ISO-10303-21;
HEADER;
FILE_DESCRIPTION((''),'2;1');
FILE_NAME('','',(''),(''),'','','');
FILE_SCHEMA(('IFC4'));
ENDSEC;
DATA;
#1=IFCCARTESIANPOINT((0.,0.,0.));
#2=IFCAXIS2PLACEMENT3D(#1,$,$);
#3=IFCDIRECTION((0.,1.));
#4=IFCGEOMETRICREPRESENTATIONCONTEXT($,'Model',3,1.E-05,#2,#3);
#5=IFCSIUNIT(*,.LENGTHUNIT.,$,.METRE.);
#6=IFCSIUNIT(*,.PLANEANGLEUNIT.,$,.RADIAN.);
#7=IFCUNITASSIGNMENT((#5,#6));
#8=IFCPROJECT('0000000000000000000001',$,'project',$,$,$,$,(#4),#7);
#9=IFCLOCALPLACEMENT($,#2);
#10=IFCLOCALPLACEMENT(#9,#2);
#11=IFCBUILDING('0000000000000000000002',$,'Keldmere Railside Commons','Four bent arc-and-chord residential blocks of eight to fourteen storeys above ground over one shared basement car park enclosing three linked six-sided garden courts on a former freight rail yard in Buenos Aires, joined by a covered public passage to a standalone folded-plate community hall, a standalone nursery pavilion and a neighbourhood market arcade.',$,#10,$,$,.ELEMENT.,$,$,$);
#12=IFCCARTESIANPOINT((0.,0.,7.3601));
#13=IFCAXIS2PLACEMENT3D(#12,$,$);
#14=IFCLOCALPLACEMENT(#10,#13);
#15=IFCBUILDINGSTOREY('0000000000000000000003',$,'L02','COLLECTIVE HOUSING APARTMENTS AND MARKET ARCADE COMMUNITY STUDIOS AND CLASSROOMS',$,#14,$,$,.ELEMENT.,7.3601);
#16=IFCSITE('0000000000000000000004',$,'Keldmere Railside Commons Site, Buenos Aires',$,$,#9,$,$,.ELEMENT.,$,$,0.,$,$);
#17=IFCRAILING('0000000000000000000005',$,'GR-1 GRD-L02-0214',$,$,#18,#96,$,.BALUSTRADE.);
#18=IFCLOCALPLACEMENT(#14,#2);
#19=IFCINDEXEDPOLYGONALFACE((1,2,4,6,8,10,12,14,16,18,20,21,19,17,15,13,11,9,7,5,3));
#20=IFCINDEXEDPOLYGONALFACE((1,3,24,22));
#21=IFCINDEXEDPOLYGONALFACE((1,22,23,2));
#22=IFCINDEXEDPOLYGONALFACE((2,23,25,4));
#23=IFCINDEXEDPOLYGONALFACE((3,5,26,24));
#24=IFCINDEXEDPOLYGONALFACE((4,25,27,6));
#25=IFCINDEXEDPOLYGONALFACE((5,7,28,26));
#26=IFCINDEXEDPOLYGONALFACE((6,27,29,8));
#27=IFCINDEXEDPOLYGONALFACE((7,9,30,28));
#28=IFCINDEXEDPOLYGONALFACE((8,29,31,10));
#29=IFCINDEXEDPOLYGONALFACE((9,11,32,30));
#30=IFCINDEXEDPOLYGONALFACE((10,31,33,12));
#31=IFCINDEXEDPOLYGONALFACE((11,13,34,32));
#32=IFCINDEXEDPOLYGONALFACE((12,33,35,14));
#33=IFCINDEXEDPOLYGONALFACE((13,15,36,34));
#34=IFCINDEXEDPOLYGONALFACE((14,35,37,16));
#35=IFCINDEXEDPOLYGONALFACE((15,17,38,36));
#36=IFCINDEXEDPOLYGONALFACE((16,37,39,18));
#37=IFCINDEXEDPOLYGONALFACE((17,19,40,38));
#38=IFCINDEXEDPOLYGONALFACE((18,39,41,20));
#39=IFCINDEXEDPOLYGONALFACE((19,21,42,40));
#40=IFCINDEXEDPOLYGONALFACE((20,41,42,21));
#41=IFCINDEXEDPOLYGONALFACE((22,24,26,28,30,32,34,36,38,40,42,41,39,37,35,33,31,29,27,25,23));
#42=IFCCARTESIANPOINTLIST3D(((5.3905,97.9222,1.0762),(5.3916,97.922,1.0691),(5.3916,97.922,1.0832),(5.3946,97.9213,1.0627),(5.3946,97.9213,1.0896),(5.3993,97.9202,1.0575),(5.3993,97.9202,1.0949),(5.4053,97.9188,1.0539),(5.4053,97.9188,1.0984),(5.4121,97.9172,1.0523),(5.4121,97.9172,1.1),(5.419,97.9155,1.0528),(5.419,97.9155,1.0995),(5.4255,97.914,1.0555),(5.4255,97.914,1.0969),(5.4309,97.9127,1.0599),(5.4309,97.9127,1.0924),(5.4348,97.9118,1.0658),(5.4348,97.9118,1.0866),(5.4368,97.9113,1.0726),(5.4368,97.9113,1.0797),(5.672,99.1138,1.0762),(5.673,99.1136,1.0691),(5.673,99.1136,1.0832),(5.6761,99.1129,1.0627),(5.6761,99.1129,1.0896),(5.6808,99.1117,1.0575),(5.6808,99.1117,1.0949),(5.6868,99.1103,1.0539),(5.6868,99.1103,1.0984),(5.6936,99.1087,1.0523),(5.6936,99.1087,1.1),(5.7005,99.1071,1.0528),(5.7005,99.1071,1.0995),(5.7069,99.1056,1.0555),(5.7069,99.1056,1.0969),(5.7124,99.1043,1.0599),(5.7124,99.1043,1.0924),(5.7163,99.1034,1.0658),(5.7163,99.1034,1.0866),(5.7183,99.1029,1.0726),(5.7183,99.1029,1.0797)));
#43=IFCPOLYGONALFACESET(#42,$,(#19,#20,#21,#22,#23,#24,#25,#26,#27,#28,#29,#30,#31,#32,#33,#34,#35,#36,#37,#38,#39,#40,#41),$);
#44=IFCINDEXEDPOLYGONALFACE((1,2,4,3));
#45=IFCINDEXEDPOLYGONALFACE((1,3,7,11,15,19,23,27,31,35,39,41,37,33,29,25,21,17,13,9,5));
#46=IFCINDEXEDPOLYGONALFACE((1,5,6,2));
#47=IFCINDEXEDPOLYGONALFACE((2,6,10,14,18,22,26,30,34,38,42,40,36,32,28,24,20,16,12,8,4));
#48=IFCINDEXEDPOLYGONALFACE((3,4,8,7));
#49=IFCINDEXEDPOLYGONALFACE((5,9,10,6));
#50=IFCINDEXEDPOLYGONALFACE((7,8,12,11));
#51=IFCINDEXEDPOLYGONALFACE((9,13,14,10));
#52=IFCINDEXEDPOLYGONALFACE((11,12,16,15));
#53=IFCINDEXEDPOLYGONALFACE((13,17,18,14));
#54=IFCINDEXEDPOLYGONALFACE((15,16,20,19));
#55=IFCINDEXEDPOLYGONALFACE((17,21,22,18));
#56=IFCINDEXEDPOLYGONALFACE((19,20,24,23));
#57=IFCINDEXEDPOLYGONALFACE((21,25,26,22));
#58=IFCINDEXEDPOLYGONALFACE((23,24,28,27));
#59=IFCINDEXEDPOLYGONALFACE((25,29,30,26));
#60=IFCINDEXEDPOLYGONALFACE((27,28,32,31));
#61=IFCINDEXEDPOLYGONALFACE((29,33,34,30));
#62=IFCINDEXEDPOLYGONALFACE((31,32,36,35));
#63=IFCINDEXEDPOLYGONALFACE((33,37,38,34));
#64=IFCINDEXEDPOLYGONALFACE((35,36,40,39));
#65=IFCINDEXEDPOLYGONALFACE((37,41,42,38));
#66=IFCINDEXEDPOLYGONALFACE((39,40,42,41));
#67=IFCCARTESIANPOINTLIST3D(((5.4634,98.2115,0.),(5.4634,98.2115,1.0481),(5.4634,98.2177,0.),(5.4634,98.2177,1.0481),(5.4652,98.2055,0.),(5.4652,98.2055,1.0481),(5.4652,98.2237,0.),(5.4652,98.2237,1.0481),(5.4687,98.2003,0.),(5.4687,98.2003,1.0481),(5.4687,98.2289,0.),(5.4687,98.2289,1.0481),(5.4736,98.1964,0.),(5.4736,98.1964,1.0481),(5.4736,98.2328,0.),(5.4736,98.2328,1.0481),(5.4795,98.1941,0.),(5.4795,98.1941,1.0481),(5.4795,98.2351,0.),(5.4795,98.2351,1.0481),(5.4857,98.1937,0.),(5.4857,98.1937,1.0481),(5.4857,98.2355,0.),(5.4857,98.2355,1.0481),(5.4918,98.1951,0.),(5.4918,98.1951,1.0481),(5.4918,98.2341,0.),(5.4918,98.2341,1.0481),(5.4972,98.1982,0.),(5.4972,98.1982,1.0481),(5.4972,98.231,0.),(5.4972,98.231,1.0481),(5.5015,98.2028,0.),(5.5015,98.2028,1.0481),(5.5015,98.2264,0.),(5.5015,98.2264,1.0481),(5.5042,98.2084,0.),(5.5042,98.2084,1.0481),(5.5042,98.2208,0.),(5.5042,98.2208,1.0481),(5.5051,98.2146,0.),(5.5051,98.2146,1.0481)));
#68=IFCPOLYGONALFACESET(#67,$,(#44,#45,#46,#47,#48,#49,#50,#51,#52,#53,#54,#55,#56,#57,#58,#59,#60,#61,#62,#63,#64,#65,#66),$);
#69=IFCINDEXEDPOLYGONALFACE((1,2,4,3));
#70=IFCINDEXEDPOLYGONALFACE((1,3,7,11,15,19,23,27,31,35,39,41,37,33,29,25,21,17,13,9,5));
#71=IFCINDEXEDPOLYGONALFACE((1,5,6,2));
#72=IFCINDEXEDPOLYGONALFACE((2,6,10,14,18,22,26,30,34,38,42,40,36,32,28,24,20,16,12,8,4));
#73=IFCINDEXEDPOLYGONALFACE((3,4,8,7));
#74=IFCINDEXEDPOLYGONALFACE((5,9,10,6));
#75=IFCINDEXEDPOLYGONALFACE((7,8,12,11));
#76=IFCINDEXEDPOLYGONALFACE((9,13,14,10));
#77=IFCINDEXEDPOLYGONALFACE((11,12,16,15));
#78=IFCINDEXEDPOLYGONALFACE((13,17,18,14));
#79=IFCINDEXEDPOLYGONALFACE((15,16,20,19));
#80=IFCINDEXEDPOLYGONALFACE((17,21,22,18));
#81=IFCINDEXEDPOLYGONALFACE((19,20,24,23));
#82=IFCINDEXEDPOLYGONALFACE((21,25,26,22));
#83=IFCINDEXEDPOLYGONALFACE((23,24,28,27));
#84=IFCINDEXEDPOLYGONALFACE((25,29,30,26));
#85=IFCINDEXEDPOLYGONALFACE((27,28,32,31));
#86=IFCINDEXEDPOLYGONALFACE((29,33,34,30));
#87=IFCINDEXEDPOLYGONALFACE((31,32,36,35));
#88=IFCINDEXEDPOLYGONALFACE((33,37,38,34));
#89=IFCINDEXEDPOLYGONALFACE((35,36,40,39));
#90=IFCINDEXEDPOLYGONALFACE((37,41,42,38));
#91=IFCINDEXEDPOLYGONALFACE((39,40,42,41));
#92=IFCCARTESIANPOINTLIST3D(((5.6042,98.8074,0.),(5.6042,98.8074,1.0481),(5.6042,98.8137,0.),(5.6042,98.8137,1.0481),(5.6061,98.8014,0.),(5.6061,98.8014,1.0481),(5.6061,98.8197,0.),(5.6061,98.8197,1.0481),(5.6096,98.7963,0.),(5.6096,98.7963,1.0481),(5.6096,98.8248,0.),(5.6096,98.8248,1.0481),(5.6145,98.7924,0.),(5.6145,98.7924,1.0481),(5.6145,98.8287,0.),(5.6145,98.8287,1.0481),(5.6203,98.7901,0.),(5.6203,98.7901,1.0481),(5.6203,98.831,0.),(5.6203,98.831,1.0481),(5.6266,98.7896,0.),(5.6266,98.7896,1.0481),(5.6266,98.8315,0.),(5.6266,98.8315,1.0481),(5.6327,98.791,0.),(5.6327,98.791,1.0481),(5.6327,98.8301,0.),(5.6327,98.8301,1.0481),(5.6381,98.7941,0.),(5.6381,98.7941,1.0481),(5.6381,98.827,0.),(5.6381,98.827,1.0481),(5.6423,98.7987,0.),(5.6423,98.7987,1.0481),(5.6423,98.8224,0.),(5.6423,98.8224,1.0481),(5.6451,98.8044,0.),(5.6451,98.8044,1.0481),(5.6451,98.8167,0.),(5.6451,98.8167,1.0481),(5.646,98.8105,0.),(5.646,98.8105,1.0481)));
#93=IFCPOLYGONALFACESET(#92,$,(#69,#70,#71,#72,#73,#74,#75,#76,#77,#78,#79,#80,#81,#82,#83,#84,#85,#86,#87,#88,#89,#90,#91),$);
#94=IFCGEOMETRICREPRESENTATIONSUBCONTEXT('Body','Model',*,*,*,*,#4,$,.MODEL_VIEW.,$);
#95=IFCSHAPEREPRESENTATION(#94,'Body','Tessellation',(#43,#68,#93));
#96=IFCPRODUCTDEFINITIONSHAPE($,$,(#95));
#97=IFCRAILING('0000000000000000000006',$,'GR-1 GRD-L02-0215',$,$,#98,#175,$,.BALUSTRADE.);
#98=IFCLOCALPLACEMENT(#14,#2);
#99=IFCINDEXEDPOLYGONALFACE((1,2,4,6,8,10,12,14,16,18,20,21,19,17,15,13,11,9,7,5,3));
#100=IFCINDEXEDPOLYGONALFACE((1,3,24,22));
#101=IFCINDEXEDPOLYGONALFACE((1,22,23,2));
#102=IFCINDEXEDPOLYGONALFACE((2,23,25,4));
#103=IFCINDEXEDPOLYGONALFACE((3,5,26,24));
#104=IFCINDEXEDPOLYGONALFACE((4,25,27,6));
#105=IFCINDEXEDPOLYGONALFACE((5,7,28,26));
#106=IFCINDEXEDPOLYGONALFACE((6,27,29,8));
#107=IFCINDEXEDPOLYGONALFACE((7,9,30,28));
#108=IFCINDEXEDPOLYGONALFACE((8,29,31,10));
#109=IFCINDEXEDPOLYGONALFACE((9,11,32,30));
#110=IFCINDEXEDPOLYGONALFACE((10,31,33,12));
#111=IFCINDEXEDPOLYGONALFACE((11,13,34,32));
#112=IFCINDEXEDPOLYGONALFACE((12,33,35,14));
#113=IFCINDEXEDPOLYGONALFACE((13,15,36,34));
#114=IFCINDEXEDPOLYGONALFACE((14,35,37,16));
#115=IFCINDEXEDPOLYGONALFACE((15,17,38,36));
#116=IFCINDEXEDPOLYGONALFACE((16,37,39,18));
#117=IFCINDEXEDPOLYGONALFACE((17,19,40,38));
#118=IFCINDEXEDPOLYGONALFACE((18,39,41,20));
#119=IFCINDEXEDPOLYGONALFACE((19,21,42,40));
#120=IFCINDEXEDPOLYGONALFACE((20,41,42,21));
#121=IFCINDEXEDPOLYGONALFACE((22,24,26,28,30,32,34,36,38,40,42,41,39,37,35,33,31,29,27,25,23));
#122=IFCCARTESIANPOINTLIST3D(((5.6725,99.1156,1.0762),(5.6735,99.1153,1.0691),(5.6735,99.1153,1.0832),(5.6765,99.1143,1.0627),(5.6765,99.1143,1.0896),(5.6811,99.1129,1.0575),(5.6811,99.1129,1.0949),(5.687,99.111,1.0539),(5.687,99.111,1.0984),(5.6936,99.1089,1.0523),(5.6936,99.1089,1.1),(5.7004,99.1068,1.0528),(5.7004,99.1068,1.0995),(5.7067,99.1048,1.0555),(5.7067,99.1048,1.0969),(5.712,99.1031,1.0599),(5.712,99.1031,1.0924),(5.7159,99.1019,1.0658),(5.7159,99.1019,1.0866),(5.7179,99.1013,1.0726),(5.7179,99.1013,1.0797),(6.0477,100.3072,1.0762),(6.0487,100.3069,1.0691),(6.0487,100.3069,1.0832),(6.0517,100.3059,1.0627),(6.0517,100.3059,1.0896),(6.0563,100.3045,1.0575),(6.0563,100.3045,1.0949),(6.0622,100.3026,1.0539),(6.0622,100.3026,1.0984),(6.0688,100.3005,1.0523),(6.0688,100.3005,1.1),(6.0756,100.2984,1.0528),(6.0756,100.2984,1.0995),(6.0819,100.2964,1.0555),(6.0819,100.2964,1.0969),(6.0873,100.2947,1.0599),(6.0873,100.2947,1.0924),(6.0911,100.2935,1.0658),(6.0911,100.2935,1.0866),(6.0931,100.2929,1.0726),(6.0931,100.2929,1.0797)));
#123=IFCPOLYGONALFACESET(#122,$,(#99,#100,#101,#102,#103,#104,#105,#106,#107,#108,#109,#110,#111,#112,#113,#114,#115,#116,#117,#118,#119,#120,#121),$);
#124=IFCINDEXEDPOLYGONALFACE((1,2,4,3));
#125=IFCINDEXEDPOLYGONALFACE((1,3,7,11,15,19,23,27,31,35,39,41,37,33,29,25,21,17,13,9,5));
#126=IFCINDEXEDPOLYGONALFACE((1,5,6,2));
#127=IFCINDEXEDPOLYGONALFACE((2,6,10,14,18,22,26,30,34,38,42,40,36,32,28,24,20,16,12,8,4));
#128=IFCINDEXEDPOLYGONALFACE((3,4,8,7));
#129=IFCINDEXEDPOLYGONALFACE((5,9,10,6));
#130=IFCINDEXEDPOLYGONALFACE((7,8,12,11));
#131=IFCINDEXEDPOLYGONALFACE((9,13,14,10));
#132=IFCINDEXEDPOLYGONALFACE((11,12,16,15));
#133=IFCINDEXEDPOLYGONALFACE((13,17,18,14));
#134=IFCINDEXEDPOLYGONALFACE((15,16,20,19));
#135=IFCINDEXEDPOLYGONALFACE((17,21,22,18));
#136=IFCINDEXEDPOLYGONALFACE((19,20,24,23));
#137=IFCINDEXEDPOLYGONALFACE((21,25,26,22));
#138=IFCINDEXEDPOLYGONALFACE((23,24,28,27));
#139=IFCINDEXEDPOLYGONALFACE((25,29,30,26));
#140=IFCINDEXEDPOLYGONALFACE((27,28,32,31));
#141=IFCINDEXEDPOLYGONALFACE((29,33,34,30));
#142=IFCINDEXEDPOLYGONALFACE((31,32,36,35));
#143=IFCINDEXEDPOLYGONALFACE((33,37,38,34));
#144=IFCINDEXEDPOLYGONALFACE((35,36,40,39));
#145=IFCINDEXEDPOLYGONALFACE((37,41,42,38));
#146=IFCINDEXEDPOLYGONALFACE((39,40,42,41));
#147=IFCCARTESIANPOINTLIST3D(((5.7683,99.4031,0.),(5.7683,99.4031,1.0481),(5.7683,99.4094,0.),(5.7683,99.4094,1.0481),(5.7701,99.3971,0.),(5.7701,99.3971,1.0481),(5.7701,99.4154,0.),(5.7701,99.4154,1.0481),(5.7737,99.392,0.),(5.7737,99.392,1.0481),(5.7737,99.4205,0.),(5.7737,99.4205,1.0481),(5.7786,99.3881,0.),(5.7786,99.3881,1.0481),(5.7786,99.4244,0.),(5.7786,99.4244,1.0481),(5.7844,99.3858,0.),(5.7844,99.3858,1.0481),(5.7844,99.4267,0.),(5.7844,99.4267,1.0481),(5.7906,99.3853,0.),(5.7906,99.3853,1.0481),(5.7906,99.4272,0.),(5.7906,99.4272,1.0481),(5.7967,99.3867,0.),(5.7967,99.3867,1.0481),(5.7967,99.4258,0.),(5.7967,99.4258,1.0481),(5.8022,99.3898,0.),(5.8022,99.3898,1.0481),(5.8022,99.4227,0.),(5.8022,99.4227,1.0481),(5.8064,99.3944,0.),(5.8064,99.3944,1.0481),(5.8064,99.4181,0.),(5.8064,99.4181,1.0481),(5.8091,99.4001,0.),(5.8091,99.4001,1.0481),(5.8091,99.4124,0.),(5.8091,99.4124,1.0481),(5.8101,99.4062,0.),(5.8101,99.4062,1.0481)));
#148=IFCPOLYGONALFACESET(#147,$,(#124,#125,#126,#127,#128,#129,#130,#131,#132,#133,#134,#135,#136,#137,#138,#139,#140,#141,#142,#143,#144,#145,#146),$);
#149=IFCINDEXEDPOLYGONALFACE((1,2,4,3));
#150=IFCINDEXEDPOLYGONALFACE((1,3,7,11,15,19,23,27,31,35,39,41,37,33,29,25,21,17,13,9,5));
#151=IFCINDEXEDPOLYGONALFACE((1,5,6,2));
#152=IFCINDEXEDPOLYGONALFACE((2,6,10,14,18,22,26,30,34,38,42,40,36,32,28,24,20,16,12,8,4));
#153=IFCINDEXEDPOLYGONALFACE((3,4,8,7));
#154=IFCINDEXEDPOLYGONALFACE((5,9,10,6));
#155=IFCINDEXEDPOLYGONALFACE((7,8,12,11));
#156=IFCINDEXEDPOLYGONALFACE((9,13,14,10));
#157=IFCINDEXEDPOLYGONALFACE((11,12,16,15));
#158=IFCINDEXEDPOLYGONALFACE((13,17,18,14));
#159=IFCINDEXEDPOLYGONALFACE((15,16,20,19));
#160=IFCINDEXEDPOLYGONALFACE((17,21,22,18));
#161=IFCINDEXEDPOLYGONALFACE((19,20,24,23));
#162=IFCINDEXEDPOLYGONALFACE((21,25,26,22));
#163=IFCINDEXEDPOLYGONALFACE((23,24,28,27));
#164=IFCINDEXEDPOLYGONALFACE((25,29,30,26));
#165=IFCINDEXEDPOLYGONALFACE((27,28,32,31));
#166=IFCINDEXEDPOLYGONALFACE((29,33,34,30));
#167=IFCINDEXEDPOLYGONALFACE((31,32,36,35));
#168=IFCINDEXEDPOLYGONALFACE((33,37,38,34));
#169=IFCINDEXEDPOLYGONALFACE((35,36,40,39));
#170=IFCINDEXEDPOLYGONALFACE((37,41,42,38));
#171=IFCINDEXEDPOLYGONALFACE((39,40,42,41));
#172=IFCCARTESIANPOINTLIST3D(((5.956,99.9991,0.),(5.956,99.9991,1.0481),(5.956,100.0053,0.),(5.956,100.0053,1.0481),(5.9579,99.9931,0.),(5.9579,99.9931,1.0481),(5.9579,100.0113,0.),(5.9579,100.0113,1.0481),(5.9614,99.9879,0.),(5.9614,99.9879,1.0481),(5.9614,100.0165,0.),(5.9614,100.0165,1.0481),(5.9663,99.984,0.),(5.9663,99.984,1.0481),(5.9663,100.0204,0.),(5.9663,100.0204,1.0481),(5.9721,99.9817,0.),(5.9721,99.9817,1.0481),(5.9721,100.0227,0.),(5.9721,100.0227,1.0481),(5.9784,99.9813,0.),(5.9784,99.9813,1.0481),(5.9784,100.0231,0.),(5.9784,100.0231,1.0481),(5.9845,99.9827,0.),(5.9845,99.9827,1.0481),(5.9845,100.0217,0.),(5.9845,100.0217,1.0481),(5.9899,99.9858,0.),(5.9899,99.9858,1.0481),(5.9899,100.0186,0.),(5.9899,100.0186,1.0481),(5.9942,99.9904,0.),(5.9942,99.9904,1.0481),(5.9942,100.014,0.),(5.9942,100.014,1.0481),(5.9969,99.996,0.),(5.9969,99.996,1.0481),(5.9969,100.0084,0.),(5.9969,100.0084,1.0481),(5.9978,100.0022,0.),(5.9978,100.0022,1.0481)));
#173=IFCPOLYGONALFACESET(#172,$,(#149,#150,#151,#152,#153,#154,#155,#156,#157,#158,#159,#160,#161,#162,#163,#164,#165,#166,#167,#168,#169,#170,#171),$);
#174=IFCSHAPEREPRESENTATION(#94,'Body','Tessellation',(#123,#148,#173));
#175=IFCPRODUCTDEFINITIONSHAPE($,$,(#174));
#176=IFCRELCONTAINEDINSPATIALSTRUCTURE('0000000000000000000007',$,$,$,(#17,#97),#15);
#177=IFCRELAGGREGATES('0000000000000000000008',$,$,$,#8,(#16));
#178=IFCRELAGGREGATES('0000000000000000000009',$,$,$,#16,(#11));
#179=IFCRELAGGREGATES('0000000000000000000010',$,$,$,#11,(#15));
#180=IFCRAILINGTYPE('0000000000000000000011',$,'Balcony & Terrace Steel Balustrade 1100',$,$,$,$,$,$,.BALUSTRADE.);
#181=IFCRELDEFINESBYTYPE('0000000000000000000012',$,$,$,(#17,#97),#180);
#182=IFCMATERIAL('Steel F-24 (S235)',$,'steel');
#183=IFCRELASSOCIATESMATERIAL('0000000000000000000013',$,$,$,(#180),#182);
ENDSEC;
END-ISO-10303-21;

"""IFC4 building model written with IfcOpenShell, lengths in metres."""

from ifc_helpers import new_model, si_unit, direction, frame, origin, origin_2d, place, context, subcontext, project, spatial, circle, extrude, material, type_object, element, save


model = new_model("IFC4")

# Units and contexts
model_context = context("Model", 3, precision=1e-05, world=origin(), true_north=direction((0.0, 1.0)))
body_context = subcontext(model_context, "Body", "Model", "MODEL_VIEW")
ifc_project = project(units=[si_unit("LENGTHUNIT", "METRE"), si_unit("PLANEANGLEUNIT", "RADIAN")], contexts=[model_context])

# Site, building, storey
site_placement = place(None, origin())
site = spatial("IfcSite", under=ifc_project, at=site_placement, Name="Keldmere Railside Commons Site, Buenos Aires", CompositionType="ELEMENT", RefElevation=0.0)
building_placement = place(site_placement, origin())
building = spatial("IfcBuilding", under=site, at=building_placement, Name="Keldmere Railside Commons", Description="Four bent arc-and-chord residential blocks of eight to fourteen storeys above ground over one shared basement car park enclosing three linked six-sided garden courts on a former freight rail yard in Buenos Aires, joined by a covered public passage to a standalone folded-plate community hall, a standalone nursery pavilion and a neighbourhood market arcade.", CompositionType="ELEMENT")
storey_placement = place(building_placement, frame((0.0, 0.0, 7.3601)))
storey = spatial("IfcBuildingStorey", under=building, at=storey_placement, Name="L02", Description="COLLECTIVE HOUSING APARTMENTS AND MARKET ARCADE COMMUNITY STUDIOS AND CLASSROOMS", CompositionType="ELEMENT", Elevation=7.3601)

# Railings
ifc_material_1 = material(Name="Steel F-24 (S235)", Category="steel")
railing_type = type_object("IfcRailingType", Name="Balcony & Terrace Steel Balustrade 1100", PredefinedType="BALUSTRADE", material=ifc_material_1)
railing_1_placement = place(storey_placement, frame((5.4138, 97.9167, 0.0)))
element("IfcRailing", 1, at=railing_1_placement, inside=storey, type_object=railing_type, Name="GR-1 GRD-L02-0214", PredefinedType="BALUSTRADE", context=body_context, shape_type="SweptSolid", body=[
    extrude(circle(Radius=0.0239, at=origin_2d()), frame((0.0, 0.0, 1.0762), z_axis=(0.229895, 0.973215, 0.0), x_axis=(-0.973215, 0.229895, 0.0)), (0.0, 0.0, 1.0), 1.2244),
    extrude(circle(Radius=0.021, at=origin_2d()), frame((0.0703, 0.2979, 0.0)), (0.0, 0.0, 1.0), 1.0481),
    extrude(circle(Radius=0.021, at=origin_2d()), frame((0.2112, 0.8938, 0.0)), (0.0, 0.0, 1.0), 1.0481),
])
railing_2_placement = place(storey_placement, frame((5.6953, 99.1084, 0.0)))
element("IfcRailing", 2, at=railing_2_placement, inside=storey, type_object=railing_type, Name="GR-1 GRD-L02-0215", PredefinedType="BALUSTRADE", context=body_context, shape_type="SweptSolid", body=[
    extrude(circle(Radius=0.0239, at=origin_2d()), frame((0.0, 0.0, 1.0762), z_axis=(0.300355, 0.953827, 0.0), x_axis=(-0.953827, 0.300355, 0.0)), (0.0, 0.0, 1.0), 1.2493),
    extrude(circle(Radius=0.021, at=origin_2d()), frame((0.0938, 0.2979, 0.0)), (0.0, 0.0, 1.0), 1.0481),
    extrude(circle(Radius=0.021, at=origin_2d()), frame((0.2815, 0.8938, 0.0)), (0.0, 0.0, 1.0), 1.0481),
])

save(model, "model.ifc")
